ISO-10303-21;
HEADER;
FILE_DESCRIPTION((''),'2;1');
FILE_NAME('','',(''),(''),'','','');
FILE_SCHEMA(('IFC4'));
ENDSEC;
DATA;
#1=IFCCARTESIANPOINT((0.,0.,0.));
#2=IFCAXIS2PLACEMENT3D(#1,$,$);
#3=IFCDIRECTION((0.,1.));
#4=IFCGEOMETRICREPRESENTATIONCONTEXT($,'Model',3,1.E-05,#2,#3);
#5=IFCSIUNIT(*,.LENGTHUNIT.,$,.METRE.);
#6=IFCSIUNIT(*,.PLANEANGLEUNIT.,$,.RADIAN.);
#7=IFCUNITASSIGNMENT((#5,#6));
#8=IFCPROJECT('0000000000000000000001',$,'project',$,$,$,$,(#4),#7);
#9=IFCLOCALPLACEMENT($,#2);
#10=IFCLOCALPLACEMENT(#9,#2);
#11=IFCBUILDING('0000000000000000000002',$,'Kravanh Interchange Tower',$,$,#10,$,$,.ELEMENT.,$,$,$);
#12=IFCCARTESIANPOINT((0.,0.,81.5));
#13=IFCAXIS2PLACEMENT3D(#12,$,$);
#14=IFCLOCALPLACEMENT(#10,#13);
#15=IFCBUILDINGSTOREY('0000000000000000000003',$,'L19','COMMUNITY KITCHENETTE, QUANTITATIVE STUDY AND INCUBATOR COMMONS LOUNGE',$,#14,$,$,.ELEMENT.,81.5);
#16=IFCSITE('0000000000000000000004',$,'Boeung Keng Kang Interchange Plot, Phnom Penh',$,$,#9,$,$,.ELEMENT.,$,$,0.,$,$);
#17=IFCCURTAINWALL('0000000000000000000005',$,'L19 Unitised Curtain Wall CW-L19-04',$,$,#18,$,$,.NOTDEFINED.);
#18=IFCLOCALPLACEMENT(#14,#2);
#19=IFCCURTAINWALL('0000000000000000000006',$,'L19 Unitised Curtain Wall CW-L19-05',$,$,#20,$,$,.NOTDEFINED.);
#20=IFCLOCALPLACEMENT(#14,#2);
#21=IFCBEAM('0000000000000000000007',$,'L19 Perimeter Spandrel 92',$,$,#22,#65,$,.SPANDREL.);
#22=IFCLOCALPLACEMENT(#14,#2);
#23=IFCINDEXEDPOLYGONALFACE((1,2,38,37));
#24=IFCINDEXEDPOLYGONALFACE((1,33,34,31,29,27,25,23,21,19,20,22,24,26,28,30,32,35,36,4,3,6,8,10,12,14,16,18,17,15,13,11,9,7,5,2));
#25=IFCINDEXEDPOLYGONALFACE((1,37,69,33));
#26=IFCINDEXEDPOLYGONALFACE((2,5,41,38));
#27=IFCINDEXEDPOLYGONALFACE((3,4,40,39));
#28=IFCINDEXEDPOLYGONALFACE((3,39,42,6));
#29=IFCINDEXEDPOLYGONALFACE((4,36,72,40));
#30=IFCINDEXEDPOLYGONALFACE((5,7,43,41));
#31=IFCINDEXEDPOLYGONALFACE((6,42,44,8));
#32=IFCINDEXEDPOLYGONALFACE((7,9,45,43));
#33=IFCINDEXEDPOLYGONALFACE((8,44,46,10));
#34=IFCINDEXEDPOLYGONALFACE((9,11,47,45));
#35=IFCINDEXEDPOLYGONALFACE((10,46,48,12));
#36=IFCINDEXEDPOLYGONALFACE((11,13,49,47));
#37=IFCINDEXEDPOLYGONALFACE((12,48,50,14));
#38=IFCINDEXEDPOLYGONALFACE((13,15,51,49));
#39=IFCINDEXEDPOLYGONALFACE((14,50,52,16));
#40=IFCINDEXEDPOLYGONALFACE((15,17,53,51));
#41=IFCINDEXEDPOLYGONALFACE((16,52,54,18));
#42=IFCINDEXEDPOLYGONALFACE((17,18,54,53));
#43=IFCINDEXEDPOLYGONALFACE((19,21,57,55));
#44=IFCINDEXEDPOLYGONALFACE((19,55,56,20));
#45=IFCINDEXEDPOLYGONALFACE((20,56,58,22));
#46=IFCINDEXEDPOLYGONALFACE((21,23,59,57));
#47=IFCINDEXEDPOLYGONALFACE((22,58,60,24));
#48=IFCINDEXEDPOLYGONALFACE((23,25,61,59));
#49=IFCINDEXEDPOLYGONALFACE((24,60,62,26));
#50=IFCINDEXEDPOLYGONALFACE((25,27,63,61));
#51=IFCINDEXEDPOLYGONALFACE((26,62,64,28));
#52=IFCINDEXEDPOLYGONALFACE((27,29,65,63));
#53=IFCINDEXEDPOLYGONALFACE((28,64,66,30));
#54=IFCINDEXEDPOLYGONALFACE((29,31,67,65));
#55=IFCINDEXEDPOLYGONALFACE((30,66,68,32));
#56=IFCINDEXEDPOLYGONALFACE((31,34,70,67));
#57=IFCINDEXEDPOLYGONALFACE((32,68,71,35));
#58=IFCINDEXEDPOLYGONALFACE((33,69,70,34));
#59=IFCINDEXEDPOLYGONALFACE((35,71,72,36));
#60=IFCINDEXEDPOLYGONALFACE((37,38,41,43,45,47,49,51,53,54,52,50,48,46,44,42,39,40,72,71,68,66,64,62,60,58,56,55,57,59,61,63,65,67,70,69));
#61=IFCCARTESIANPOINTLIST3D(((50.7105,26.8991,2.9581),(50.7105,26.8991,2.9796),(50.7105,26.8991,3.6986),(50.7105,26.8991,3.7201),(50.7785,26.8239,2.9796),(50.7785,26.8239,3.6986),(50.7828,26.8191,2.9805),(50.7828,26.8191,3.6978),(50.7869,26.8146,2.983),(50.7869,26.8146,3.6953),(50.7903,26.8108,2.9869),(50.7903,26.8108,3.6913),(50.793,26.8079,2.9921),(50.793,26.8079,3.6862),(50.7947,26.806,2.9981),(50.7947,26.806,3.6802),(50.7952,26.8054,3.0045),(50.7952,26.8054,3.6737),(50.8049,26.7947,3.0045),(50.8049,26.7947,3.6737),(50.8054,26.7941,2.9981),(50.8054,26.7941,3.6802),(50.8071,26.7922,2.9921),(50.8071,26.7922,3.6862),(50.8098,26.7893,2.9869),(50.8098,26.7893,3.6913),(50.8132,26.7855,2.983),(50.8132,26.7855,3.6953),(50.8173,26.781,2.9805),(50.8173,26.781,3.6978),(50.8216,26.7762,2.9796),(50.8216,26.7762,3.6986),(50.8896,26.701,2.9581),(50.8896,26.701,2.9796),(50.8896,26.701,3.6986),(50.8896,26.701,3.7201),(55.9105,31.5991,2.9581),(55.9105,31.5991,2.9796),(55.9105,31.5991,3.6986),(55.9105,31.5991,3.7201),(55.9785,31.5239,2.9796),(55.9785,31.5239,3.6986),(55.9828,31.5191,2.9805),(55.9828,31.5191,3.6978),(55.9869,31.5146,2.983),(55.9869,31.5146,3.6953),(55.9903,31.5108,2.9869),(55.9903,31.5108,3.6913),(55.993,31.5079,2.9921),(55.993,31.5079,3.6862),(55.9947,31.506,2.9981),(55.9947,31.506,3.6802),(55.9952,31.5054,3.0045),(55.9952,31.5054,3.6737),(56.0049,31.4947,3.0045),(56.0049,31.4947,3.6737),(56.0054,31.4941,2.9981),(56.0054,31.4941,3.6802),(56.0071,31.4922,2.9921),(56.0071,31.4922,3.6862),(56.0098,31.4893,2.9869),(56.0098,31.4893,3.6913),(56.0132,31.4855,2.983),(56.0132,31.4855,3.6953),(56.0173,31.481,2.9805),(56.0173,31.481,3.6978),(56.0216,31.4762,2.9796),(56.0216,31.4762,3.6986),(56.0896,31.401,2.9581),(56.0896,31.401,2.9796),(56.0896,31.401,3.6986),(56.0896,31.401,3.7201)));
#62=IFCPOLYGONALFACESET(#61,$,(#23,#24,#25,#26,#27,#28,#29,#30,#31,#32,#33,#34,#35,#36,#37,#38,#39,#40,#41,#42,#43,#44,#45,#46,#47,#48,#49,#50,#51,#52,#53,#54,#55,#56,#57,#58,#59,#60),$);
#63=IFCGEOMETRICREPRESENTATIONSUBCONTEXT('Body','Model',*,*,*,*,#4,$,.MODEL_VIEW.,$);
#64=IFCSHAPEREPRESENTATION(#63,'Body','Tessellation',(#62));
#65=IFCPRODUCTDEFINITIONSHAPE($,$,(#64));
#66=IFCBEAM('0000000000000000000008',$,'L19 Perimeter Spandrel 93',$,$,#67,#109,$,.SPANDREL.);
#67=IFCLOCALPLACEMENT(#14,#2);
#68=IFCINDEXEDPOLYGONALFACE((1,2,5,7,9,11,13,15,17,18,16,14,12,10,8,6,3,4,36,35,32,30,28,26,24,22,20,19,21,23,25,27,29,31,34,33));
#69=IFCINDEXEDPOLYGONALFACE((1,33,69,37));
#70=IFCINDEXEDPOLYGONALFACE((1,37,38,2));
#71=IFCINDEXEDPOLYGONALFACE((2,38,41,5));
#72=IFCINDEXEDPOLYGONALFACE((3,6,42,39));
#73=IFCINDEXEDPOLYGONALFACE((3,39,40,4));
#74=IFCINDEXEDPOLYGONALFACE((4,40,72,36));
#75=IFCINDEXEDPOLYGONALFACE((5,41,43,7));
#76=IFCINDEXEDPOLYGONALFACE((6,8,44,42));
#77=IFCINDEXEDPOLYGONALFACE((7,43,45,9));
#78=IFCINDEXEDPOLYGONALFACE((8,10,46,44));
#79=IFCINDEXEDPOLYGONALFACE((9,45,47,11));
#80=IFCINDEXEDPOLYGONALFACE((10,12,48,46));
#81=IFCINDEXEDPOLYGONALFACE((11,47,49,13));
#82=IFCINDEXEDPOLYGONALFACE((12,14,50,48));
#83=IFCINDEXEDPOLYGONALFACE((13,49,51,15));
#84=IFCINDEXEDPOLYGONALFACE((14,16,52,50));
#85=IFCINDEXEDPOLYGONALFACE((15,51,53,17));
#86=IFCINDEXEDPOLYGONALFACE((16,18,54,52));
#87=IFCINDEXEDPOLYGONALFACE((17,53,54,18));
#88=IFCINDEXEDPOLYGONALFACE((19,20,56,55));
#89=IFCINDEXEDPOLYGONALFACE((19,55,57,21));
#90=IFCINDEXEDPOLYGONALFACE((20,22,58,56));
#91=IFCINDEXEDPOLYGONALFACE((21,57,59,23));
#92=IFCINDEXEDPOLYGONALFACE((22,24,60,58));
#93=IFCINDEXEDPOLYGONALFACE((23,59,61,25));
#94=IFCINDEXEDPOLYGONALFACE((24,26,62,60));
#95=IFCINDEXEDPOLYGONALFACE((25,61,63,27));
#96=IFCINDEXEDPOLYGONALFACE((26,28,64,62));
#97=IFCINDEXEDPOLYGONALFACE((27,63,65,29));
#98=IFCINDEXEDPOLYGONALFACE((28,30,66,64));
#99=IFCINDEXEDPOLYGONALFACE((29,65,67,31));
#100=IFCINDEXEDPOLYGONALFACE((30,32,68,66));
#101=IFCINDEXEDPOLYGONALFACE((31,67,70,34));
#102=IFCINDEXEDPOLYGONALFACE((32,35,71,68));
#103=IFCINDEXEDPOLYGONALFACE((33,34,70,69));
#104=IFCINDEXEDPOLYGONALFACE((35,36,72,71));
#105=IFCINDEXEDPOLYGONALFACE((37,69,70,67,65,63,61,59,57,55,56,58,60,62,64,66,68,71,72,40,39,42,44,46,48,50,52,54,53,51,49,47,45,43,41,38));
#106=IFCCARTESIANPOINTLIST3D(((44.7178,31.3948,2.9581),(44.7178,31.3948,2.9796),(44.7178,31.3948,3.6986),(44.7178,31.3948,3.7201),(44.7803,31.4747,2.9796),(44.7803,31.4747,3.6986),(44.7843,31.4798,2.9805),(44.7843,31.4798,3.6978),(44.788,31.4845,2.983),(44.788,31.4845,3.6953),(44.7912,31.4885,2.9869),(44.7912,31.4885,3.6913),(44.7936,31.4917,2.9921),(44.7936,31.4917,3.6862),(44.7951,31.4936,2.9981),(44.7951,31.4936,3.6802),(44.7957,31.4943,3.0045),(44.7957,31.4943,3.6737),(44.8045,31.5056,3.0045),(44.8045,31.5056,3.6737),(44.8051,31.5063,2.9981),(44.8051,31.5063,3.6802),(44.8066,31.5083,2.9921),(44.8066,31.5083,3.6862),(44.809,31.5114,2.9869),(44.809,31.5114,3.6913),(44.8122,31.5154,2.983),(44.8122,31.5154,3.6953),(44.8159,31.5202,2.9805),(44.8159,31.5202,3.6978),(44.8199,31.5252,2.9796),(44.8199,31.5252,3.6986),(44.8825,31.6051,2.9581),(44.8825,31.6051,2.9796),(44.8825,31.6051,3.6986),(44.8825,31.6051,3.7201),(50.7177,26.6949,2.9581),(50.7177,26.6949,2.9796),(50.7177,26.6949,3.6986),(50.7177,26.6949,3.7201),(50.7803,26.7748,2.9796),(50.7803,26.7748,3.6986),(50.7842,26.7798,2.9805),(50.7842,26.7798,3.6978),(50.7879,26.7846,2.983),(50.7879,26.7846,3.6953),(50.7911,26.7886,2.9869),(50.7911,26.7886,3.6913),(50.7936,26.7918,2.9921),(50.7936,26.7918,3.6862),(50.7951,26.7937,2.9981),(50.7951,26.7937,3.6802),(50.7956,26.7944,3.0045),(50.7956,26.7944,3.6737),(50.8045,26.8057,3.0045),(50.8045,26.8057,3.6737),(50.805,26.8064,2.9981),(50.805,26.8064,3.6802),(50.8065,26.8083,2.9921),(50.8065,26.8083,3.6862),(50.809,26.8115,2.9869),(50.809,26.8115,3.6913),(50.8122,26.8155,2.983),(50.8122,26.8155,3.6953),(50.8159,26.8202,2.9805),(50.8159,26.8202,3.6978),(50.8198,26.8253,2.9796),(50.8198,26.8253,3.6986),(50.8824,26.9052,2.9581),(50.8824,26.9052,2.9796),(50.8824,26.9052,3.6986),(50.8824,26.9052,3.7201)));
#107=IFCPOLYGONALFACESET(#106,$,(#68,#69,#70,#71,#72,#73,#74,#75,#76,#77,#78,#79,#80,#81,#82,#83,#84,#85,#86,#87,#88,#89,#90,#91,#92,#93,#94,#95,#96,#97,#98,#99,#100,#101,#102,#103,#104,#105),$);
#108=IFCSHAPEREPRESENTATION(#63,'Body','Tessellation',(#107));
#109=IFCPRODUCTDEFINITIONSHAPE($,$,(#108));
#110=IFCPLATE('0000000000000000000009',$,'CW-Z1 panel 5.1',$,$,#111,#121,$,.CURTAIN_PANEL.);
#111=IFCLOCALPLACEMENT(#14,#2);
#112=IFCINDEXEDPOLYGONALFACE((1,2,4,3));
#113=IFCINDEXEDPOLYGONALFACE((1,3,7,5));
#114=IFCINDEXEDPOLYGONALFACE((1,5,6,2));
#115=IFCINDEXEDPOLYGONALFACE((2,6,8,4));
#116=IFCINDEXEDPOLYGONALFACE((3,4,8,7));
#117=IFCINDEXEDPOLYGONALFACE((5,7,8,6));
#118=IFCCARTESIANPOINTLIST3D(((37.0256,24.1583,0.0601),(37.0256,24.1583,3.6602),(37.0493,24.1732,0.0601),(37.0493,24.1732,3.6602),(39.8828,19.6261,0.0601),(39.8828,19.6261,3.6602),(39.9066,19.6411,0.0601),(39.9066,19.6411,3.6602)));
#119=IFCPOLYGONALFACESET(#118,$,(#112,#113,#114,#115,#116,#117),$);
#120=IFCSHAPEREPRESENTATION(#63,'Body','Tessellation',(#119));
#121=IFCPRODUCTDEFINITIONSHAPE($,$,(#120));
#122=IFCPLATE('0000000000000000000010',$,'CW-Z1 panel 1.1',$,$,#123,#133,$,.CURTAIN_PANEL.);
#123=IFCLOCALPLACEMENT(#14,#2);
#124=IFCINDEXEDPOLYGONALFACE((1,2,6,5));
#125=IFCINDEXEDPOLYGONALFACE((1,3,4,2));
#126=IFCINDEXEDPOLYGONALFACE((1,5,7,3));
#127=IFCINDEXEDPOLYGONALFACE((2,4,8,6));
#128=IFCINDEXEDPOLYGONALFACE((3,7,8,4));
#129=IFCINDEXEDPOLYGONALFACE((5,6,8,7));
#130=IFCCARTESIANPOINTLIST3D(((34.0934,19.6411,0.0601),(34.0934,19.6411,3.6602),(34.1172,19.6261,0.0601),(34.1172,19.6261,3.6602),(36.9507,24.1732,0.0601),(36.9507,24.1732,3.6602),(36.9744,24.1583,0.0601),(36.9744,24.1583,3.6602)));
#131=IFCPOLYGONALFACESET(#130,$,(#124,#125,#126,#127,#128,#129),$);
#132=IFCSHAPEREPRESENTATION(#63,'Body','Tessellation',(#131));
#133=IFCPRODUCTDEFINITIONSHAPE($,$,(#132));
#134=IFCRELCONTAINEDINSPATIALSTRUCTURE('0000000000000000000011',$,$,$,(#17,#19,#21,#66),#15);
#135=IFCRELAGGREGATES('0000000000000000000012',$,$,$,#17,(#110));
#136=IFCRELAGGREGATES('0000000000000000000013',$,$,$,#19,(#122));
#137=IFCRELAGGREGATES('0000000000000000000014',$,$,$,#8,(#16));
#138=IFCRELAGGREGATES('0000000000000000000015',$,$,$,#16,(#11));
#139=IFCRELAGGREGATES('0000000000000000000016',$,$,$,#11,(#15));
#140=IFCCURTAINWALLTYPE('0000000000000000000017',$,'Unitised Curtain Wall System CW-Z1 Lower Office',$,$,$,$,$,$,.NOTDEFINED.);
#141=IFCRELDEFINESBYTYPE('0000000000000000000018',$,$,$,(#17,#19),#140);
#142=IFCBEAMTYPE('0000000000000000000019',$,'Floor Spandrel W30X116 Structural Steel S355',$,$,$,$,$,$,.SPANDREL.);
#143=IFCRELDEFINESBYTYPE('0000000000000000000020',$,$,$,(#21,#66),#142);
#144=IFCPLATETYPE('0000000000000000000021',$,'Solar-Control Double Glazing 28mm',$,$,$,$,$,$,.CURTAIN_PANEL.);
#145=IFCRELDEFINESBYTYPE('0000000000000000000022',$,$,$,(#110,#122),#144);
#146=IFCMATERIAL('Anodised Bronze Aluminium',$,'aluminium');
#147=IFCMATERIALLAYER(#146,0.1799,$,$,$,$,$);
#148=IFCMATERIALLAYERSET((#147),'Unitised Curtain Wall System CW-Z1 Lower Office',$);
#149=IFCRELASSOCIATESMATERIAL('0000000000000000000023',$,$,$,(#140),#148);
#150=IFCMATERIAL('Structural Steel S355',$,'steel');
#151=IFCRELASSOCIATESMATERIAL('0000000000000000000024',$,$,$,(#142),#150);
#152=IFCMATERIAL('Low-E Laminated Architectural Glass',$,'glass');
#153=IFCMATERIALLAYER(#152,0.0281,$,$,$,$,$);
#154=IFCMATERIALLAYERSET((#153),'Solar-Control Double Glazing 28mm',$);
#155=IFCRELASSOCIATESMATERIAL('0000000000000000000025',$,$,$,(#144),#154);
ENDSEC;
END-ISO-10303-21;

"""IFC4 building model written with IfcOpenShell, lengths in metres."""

from ifc_helpers import new_model, si_unit, direction, frame, origin, origin_2d, place, context, subcontext, project, spatial, rectangle, i_section, extrude, material, layer, layer_set, material_profile, profile_set, type_object, element, aggregate, save


model = new_model("IFC4")

# Units and contexts
model_context = context("Model", 3, precision=1e-05, world=origin(), true_north=direction((0.0, 1.0)))
body_context = subcontext(model_context, "Body", "Model", "MODEL_VIEW")
ifc_project = project(units=[si_unit("LENGTHUNIT", "METRE"), si_unit("PLANEANGLEUNIT", "RADIAN")], contexts=[model_context])

# Site, building, storey
site_placement = place(None, origin())
site = spatial("IfcSite", under=ifc_project, at=site_placement, Name="Boeung Keng Kang Interchange Plot, Phnom Penh", CompositionType="ELEMENT", RefElevation=0.0)
building_placement = place(site_placement, origin())
building = spatial("IfcBuilding", under=site, at=building_placement, Name="Kravanh Interchange Tower", CompositionType="ELEMENT")
storey_placement = place(building_placement, frame((0.0, 0.0, 81.5)))
storey = spatial("IfcBuildingStorey", under=building, at=storey_placement, Name="L19", Description="COMMUNITY KITCHENETTE, QUANTITATIVE STUDY AND INCUBATOR COMMONS LOUNGE", CompositionType="ELEMENT", Elevation=81.5)

# Curtain walls
ifc_material_1 = material(Name="Anodised Bronze Aluminium", Category="aluminium")
ifc_layer_1 = layer(ifc_material_1, 0.1799)
ifc_layer_set_1 = layer_set([ifc_layer_1], Name="Unitised Curtain Wall System CW-Z1 Lower Office")
curtain_wall_type = type_object("IfcCurtainWallType", Name="Unitised Curtain Wall System CW-Z1 Lower Office", PredefinedType="NOTDEFINED", material=ifc_layer_set_1)
curtain_wall_1_placement = place(storey_placement, origin())
curtain_wall_1 = element("IfcCurtainWall", 1, at=curtain_wall_1_placement, inside=storey, type_object=curtain_wall_type, Name="L19 Unitised Curtain Wall CW-L19-04", PredefinedType="NOTDEFINED")
curtain_wall_2_placement = place(storey_placement, origin())
curtain_wall_2 = element("IfcCurtainWall", 2, at=curtain_wall_2_placement, inside=storey, type_object=curtain_wall_type, Name="L19 Unitised Curtain Wall CW-L19-05", PredefinedType="NOTDEFINED")

# Beams
ifc_material_2 = material(Name="Structural Steel S355", Category="steel")
ifc_material_profile_1 = material_profile(ifc_material_2, i_section(OverallWidth=0.2671, OverallDepth=0.762, WebThickness=0.0144, FlangeThickness=0.0215, FilletRadius=0.0249, at=origin_2d()), Name="W30X116")
ifc_profile_set_1 = profile_set([ifc_material_profile_1], Name="Structural Steel S355")
beam_type_1 = type_object("IfcBeamType", Name="Floor Spandrel W30X116 Structural Steel S355", PredefinedType="SPANDREL", material=ifc_profile_set_1)
beam_1_placement = place(storey_placement, frame((50.8, 26.8, 3.3391), z_axis=(0.741874, 0.670539, 0.0), x_axis=(-0.670539, 0.741874, 0.0)))
element("IfcBeam", 3, at=beam_1_placement, inside=storey, type_object=beam_type_1, Name="L19 Perimeter Spandrel 92", PredefinedType="SPANDREL", context=body_context, shape_type="SweptSolid", body=[
    extrude(i_section(OverallWidth=0.2671, OverallDepth=0.762, WebThickness=0.0144, FlangeThickness=0.0215, FilletRadius=0.0249, at=origin_2d()), origin(), (0.0, 0.0, 1.0), 7.0093),
])
beam_2_placement = place(storey_placement, frame((50.8, 26.8, 3.3391), z_axis=(-0.787231, 0.616658, 0.0), x_axis=(-0.616658, -0.787231, 0.0)))
element("IfcBeam", 4, at=beam_2_placement, inside=storey, type_object=beam_type_1, Name="L19 Perimeter Spandrel 93", PredefinedType="SPANDREL", context=body_context, shape_type="SweptSolid", body=[
    extrude(i_section(OverallWidth=0.2671, OverallDepth=0.762, WebThickness=0.0144, FlangeThickness=0.0215, FilletRadius=0.0249, at=origin_2d()), origin(), (0.0, 0.0, 1.0), 7.6216),
])

# Plates
ifc_material_3 = material(Name="Low-E Laminated Architectural Glass", Category="glass")
ifc_layer_2 = layer(ifc_material_3, 0.0281)
ifc_layer_set_2 = layer_set([ifc_layer_2], Name="Solar-Control Double Glazing 28mm")
plate_type = type_object("IfcPlateType", Name="Solar-Control Double Glazing 28mm", PredefinedType="CURTAIN_PANEL", material=ifc_layer_set_2)
plate_1_placement = place(storey_placement, frame((38.4661, 21.8997, 0.0601), z_axis=(0.0, 0.0, 1.0), x_axis=(-0.533301, 0.845926, 0.0)))
plate_1 = element("IfcPlate", 5, at=plate_1_placement, type_object=plate_type, Name="CW-Z1 panel 5.1", PredefinedType="CURTAIN_PANEL", context=body_context, shape_type="SweptSolid", body=[
    extrude(rectangle(XDim=5.3577, YDim=0.0281, at=origin_2d()), origin(), (0.0, 0.0, 1.0), 3.6001),
])
aggregate(curtain_wall_1, [plate_1])
plate_2_placement = place(storey_placement, frame((35.5339, 21.8997, 0.0601), z_axis=(0.0, 0.0, 1.0), x_axis=(-0.533301, -0.845926, 0.0)))
plate_2 = element("IfcPlate", 6, at=plate_2_placement, type_object=plate_type, Name="CW-Z1 panel 1.1", PredefinedType="CURTAIN_PANEL", context=body_context, shape_type="SweptSolid", body=[
    extrude(rectangle(XDim=5.3577, YDim=0.0281, at=origin_2d()), origin(), (0.0, 0.0, 1.0), 3.6001),
])
aggregate(curtain_wall_2, [plate_2])

save(model, "model.ifc")
